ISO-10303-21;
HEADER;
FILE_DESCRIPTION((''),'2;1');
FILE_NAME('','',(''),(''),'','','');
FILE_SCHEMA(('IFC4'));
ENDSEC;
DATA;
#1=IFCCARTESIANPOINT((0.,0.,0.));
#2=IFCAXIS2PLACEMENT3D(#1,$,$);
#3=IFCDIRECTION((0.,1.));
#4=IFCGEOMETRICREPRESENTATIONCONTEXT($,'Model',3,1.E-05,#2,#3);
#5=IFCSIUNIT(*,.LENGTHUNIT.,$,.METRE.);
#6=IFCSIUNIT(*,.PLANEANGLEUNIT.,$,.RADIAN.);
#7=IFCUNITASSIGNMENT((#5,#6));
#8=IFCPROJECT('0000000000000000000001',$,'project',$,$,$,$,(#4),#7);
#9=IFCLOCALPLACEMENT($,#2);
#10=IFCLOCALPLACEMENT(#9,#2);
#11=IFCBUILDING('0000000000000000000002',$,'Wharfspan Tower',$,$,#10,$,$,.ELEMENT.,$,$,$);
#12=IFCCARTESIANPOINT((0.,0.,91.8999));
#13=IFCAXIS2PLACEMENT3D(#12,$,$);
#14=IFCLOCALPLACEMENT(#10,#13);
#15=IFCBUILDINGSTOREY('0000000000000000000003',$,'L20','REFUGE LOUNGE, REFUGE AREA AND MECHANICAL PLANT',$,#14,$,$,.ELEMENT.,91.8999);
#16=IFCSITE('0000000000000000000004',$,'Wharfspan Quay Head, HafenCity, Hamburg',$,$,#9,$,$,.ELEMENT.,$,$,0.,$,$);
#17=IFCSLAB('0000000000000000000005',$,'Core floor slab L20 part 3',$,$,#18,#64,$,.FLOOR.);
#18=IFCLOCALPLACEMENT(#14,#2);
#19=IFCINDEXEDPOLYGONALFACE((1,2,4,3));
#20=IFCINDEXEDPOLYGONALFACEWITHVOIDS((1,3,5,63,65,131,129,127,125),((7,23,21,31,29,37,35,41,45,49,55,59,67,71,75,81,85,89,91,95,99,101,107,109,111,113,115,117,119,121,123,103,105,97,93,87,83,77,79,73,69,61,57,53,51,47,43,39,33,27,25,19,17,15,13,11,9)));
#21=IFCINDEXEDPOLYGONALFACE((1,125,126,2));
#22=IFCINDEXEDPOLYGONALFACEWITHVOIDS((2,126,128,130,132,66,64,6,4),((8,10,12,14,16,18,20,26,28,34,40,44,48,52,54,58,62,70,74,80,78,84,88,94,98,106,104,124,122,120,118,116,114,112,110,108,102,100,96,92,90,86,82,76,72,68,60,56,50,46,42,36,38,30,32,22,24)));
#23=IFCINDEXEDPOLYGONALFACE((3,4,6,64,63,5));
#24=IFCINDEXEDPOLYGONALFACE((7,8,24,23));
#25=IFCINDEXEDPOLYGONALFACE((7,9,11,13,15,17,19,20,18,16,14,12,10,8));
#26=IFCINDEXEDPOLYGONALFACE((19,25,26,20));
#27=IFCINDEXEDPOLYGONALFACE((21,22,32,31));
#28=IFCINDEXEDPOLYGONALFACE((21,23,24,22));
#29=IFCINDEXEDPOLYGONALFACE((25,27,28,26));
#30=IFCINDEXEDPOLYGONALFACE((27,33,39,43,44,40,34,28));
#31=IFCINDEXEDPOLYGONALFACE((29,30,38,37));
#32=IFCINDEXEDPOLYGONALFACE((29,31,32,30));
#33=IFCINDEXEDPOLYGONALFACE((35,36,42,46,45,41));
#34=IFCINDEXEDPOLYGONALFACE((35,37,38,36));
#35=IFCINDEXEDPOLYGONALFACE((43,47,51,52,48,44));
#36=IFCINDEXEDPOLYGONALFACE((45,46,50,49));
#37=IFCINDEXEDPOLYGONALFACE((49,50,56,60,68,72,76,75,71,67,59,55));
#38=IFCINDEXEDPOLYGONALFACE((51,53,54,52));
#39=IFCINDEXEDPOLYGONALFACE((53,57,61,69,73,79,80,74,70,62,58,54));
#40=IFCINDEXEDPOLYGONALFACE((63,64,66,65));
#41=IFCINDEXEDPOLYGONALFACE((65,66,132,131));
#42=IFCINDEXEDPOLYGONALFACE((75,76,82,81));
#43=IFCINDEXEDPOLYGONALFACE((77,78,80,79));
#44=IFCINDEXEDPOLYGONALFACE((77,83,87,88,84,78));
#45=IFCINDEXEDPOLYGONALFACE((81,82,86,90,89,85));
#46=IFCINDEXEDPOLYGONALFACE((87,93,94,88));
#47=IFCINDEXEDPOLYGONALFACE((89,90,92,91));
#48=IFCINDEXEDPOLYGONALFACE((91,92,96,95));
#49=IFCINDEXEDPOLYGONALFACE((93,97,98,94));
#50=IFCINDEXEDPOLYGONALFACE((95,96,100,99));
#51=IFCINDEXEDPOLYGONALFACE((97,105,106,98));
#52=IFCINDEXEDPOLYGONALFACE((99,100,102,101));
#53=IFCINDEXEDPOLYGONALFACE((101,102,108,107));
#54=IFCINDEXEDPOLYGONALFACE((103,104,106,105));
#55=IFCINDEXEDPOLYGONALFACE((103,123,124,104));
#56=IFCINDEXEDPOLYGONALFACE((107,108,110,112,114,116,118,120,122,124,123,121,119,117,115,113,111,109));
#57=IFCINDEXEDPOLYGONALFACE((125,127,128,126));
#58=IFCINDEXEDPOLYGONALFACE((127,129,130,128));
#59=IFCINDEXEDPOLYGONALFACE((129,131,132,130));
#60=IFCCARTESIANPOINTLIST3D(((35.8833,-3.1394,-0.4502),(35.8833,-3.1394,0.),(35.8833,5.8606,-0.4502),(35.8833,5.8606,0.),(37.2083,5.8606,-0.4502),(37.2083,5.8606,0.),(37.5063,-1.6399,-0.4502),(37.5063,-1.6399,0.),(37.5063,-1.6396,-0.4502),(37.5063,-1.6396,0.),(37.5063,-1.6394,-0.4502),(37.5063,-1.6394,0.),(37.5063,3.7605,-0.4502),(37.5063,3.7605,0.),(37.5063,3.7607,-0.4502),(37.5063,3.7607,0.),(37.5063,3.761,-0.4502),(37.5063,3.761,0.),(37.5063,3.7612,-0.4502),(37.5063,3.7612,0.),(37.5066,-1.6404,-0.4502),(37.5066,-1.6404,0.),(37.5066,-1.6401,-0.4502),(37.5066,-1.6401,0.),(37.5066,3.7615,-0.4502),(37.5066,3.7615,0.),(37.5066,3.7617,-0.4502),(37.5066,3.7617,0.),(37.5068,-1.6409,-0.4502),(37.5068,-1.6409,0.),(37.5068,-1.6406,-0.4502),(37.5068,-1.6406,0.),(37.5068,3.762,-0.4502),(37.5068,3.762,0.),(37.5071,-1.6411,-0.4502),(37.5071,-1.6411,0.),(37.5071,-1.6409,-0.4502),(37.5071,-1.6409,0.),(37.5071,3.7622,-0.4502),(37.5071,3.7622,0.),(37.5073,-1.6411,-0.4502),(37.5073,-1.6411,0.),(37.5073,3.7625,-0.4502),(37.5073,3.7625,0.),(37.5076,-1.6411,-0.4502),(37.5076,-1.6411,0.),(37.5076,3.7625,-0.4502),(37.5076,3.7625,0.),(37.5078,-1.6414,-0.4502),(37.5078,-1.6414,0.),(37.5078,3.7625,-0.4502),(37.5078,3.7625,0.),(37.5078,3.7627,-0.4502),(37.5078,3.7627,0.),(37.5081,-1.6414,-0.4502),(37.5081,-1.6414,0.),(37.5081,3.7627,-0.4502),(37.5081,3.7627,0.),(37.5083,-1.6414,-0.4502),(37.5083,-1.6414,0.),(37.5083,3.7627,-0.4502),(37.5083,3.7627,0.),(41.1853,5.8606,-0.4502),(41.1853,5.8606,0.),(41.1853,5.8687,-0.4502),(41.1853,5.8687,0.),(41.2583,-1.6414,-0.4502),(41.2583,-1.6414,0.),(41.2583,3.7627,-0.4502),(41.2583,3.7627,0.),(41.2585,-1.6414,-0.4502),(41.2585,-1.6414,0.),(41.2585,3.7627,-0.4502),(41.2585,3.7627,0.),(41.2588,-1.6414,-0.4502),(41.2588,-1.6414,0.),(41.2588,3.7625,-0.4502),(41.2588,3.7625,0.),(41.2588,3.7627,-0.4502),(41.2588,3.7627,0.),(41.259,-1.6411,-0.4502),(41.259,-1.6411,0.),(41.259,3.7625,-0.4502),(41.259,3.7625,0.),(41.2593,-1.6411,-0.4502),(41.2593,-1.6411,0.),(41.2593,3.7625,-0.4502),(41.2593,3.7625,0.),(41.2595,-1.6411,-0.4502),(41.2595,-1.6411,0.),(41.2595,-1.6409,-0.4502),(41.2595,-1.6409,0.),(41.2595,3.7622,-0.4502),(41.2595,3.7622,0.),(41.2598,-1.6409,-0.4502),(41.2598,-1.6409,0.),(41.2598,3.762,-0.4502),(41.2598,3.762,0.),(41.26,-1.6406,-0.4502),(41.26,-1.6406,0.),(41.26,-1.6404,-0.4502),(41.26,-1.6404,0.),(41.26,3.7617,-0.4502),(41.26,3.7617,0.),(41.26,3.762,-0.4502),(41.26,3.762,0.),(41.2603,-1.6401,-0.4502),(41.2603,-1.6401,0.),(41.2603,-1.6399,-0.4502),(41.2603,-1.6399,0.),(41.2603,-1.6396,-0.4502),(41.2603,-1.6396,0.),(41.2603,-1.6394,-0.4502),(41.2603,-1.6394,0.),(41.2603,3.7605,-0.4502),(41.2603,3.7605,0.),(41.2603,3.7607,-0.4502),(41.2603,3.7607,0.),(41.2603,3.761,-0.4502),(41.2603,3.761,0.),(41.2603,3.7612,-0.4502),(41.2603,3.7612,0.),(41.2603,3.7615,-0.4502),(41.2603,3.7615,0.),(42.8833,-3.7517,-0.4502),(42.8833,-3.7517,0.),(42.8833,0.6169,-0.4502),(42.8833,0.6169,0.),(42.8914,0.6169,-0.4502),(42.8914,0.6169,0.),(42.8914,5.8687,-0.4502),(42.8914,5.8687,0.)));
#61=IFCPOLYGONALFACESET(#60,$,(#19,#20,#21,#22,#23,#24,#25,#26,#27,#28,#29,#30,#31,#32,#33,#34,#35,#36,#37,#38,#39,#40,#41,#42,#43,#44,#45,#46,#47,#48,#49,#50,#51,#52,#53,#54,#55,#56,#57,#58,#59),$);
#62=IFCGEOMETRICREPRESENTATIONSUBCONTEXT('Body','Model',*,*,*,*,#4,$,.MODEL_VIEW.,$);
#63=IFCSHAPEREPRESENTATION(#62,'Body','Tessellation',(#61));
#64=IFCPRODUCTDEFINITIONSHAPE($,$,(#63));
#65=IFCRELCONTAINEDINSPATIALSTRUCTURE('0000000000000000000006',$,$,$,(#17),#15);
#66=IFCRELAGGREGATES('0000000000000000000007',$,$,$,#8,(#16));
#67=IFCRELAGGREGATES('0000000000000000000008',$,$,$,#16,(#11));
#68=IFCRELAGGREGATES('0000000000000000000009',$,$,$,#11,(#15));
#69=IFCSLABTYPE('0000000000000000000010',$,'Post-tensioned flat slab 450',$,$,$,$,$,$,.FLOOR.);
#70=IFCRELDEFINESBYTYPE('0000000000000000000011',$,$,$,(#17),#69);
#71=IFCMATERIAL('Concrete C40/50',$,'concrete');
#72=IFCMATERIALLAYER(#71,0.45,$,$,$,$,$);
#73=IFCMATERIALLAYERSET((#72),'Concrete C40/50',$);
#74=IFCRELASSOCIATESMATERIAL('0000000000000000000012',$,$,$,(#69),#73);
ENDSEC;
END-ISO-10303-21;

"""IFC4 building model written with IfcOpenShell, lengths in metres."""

from ifc_helpers import new_model, si_unit, direction, frame, origin, place, context, subcontext, project, spatial, polyline, outline, extrude, material, layer, layer_set, type_object, element, save


model = new_model("IFC4")

# Units and contexts
model_context = context("Model", 3, precision=1e-05, world=origin(), true_north=direction((0.0, 1.0)))
body_context = subcontext(model_context, "Body", "Model", "MODEL_VIEW")
ifc_project = project(units=[si_unit("LENGTHUNIT", "METRE"), si_unit("PLANEANGLEUNIT", "RADIAN")], contexts=[model_context])

# Site, building, storey
site_placement = place(None, origin())
site = spatial("IfcSite", under=ifc_project, at=site_placement, Name="Wharfspan Quay Head, HafenCity, Hamburg", CompositionType="ELEMENT", RefElevation=0.0)
building_placement = place(site_placement, origin())
building = spatial("IfcBuilding", under=site, at=building_placement, Name="Wharfspan Tower", CompositionType="ELEMENT")
storey_placement = place(building_placement, frame((0.0, 0.0, 91.8999)))
storey = spatial("IfcBuildingStorey", under=building, at=storey_placement, Name="L20", Description="REFUGE LOUNGE, REFUGE AREA AND MECHANICAL PLANT", CompositionType="ELEMENT", Elevation=91.8999)

# Slab
ifc_material_1 = material(Name="Concrete C40/50", Category="concrete")
ifc_layer_1 = layer(ifc_material_1, 0.45)
ifc_layer_set_1 = layer_set([ifc_layer_1], Name="Concrete C40/50")
slab_type_1 = type_object("IfcSlabType", Name="Post-tensioned flat slab 450", PredefinedType="FLOOR", material=ifc_layer_set_1)
slab_1_placement = place(storey_placement, frame((0.0, 0.0, -0.4502)))
element("IfcSlab", 1, at=slab_1_placement, inside=storey, type_object=slab_type_1, Name="Core floor slab L20 part 3", PredefinedType="FLOOR", context=body_context, shape_type="SweptSolid", body=[
    extrude(outline(polyline([(42.8914, 0.6169), (42.8914, 5.8687), (41.1853, 5.8687), (41.1853, 5.8606), (37.2083, 5.8606), (35.8833, 5.8606), (35.8833, -3.1394), (42.8833, -3.7517), (42.8833, 0.6169), (42.8914, 0.6169)]), holes=[polyline([(37.5063, 3.7605), (37.5063, 3.7607), (37.5063, 3.761), (37.5063, 3.7612), (37.5066, 3.7615), (37.5066, 3.7617), (37.5066, 3.7617), (37.5068, 3.762), (37.5068, 3.762), (37.5071, 3.7622), (37.5071, 3.7622), (37.5073, 3.7625), (37.5076, 3.7625), (37.5078, 3.7625), (37.5078, 3.7627), (37.5081, 3.7627), (37.5083, 3.7627), (41.2583, 3.7627), (41.2585, 3.7627), (41.2588, 3.7627), (41.2588, 3.7625), (41.259, 3.7625), (41.2593, 3.7625), (41.2595, 3.7622), (41.2595, 3.7622), (41.2598, 3.762), (41.26, 3.762), (41.26, 3.7617), (41.26, 3.7617), (41.2603, 3.7615), (41.2603, 3.7612), (41.2603, 3.761), (41.2603, 3.7607), (41.2603, 3.7605), (41.2603, -1.6394), (41.2603, -1.6396), (41.2603, -1.6399), (41.2603, -1.6399), (41.2603, -1.6401), (41.26, -1.6404), (41.26, -1.6404), (41.26, -1.6406), (41.2598, -1.6409), (41.2595, -1.6409), (41.2595, -1.6411), (41.2593, -1.6411), (41.259, -1.6411), (41.2588, -1.6414), (41.2588, -1.6414), (41.2585, -1.6414), (41.2583, -1.6414), (37.5083, -1.6414), (37.5081, -1.6414), (37.5078, -1.6414), (37.5078, -1.6414), (37.5076, -1.6411), (37.5073, -1.6411), (37.5071, -1.6411), (37.5071, -1.6409), (37.5068, -1.6409), (37.5068, -1.6406), (37.5066, -1.6404), (37.5066, -1.6404), (37.5066, -1.6401), (37.5063, -1.6399), (37.5063, -1.6399), (37.5063, -1.6396), (37.5063, -1.6394), (37.5063, 3.7605)])]), origin(), (0.0, 0.0, 1.0), 0.4502),
])

save(model, "model.ifc")
